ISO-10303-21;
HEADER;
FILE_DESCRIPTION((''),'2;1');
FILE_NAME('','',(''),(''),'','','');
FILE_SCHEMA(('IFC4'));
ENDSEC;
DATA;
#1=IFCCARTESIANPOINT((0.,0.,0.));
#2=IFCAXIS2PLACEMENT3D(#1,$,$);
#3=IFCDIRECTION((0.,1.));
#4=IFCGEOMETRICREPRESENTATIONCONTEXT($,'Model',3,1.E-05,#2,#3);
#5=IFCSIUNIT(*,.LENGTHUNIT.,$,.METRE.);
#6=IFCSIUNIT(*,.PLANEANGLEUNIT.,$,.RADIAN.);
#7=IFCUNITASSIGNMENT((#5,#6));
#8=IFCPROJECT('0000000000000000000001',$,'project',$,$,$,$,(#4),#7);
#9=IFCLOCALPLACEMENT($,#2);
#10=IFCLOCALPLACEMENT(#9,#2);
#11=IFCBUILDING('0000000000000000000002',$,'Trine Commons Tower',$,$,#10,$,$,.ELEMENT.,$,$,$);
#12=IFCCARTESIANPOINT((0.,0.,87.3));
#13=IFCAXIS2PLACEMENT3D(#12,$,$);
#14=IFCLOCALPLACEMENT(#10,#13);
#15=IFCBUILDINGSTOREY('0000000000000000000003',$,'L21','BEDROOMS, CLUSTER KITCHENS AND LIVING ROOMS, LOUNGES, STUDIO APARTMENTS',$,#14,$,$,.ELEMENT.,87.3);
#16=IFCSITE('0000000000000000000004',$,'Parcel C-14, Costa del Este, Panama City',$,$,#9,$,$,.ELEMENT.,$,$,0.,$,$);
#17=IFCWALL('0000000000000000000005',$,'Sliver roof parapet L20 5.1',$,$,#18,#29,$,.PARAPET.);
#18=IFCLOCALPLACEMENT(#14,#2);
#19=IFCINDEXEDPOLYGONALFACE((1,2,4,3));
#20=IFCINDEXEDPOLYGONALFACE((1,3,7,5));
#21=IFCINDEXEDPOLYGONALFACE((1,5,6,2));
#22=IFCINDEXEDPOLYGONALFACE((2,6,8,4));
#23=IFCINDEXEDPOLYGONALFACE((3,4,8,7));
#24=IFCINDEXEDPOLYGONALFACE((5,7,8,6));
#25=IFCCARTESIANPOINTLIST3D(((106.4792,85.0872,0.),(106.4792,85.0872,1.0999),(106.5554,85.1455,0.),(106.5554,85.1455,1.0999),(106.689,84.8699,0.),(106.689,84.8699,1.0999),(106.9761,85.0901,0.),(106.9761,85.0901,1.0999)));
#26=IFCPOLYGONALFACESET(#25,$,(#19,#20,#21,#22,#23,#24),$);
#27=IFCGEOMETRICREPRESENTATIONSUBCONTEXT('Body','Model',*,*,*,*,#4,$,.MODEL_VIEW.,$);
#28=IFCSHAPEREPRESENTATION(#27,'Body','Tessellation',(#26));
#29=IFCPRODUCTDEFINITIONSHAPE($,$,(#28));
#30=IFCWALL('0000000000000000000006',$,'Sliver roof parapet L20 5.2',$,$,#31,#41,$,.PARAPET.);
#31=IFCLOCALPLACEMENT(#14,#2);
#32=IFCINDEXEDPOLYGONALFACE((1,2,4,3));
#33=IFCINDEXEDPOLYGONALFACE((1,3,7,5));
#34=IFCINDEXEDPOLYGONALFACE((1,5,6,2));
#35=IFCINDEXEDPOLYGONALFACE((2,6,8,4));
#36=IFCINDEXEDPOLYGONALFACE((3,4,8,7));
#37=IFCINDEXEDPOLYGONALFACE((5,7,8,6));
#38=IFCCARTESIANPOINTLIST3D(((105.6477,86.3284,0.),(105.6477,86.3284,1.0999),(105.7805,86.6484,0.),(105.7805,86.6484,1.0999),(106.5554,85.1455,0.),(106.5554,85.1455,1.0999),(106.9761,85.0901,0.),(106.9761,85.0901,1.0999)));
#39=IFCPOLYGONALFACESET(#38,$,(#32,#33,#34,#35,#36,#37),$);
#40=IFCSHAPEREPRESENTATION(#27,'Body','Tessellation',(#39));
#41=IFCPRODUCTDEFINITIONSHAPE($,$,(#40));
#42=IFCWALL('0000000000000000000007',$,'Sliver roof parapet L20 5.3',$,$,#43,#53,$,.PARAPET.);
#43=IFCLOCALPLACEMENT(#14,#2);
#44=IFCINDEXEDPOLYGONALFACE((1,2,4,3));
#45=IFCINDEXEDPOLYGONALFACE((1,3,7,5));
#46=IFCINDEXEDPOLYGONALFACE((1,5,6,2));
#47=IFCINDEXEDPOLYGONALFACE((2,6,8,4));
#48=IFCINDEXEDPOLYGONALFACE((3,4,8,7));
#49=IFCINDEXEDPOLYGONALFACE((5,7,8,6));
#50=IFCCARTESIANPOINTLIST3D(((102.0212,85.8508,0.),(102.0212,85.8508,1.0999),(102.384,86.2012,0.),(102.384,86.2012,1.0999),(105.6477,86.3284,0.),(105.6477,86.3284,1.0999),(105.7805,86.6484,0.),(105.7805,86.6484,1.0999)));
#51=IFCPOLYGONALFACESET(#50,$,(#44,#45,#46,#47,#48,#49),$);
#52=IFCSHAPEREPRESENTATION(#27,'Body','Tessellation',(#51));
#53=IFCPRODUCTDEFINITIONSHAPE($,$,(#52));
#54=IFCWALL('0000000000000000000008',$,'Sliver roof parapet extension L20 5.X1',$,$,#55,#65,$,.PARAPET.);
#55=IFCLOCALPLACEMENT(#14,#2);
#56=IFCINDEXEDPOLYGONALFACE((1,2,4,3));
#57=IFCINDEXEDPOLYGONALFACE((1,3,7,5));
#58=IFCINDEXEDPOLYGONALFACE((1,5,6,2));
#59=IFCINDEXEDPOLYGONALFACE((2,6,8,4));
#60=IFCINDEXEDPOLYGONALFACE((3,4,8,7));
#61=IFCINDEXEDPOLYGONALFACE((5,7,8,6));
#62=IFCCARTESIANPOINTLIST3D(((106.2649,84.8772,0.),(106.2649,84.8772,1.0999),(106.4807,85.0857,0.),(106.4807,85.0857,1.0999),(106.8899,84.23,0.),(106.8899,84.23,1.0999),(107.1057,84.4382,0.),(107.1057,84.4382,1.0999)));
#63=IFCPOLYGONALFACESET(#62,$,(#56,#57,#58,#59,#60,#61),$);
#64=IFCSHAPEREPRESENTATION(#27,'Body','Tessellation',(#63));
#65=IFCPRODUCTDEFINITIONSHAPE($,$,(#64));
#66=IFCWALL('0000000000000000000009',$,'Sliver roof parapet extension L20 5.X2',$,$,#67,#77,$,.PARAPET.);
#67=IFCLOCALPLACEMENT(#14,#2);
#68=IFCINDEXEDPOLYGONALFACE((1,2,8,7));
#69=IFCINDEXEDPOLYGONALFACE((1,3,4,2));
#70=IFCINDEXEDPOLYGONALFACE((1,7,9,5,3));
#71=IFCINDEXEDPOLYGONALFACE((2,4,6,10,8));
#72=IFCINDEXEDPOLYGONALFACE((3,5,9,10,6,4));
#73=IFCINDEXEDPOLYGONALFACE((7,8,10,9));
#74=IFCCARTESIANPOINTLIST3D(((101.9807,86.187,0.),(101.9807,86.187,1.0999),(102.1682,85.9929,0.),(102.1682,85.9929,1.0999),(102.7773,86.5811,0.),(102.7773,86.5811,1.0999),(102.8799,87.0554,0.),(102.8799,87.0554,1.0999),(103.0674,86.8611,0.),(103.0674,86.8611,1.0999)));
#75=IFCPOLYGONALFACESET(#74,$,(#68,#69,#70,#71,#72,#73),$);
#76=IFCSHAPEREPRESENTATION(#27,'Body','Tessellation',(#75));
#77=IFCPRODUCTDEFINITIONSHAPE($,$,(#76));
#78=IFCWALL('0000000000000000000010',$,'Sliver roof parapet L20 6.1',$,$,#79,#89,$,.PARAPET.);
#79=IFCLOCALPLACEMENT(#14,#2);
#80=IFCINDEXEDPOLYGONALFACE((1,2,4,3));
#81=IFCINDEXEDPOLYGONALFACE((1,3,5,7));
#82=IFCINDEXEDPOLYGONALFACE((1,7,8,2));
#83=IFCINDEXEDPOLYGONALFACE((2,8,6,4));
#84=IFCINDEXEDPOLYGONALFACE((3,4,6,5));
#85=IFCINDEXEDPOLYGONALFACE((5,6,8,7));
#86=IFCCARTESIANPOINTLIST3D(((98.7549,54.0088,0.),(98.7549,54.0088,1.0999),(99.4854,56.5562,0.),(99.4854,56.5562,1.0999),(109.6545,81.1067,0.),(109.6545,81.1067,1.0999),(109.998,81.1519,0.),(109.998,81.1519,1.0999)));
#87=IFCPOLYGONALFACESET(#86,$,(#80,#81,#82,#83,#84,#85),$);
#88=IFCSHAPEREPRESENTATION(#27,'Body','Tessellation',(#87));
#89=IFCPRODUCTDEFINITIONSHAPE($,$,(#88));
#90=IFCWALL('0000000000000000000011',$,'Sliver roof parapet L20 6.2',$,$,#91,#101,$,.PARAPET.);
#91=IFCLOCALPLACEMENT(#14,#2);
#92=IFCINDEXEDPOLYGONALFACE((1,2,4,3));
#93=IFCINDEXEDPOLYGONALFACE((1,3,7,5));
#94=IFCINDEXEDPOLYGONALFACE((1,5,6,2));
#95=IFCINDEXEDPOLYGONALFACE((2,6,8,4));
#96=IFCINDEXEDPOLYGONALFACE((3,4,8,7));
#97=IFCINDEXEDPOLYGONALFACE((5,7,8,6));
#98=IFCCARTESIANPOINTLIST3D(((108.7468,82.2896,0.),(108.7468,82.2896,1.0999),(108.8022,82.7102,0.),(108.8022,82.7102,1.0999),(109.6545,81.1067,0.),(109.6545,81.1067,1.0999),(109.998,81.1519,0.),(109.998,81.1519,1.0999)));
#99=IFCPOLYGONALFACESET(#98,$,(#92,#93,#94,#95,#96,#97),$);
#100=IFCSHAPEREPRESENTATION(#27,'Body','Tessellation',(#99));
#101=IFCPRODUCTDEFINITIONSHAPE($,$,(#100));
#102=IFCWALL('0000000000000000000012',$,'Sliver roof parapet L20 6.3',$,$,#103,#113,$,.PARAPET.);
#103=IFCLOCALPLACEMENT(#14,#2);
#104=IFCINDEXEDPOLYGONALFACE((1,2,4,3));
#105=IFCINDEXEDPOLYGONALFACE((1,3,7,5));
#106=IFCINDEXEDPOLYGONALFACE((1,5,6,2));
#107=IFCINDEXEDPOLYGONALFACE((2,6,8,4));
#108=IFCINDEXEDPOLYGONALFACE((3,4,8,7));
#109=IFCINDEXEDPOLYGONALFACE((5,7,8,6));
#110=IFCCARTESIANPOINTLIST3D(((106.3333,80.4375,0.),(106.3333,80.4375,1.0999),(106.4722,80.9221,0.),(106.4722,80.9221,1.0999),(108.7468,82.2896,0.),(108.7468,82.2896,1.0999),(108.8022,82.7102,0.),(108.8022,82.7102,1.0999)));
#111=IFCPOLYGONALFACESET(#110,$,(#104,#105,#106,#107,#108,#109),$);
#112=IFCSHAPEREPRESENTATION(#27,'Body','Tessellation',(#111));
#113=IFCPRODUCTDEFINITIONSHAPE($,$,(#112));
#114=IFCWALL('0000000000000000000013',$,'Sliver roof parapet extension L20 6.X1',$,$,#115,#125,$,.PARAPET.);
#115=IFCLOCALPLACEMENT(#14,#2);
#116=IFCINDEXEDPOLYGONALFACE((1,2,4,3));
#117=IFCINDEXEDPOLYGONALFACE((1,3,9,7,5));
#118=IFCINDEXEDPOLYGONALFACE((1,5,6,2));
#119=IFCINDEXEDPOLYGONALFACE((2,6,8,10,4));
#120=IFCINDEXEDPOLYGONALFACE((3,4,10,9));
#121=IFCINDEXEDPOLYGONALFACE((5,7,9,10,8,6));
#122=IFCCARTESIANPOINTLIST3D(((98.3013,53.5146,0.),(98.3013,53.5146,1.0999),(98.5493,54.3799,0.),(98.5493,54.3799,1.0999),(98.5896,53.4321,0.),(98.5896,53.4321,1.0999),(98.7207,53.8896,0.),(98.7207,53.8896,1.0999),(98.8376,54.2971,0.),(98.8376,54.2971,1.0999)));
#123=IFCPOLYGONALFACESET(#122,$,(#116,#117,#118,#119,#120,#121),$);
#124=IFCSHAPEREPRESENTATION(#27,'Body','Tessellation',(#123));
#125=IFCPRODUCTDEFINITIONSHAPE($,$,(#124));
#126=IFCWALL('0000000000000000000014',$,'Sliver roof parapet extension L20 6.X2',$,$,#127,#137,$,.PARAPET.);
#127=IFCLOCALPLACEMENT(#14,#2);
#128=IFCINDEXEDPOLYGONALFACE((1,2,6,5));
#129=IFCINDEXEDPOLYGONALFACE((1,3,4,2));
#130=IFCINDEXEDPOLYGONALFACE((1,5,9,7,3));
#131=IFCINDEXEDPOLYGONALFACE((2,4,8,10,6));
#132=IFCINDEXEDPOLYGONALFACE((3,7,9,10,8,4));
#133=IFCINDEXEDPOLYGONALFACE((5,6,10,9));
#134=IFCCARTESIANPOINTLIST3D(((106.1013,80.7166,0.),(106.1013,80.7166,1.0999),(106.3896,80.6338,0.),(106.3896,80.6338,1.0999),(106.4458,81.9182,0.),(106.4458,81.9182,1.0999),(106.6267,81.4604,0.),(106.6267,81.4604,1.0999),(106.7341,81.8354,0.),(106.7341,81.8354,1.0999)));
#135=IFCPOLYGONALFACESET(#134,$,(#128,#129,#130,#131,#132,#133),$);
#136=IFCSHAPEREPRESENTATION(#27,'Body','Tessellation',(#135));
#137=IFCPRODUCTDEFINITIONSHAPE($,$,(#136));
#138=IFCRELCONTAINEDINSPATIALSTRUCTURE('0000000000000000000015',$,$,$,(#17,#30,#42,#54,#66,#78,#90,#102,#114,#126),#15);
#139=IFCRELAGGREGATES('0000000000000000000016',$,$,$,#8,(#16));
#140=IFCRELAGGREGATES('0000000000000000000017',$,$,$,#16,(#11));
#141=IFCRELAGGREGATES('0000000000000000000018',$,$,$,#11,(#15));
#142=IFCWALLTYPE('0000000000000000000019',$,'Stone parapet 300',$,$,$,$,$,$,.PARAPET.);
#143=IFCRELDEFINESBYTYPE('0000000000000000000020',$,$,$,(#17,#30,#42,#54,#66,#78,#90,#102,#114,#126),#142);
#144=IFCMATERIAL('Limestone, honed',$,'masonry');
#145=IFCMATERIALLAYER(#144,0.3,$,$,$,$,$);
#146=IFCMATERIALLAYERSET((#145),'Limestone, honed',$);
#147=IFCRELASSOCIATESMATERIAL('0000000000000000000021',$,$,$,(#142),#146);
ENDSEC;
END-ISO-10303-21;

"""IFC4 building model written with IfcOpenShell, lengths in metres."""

from ifc_helpers import new_model, si_unit, direction, frame, origin, place, context, subcontext, project, spatial, polyline, outline, extrude, material, layer, layer_set, type_object, element, save


model = new_model("IFC4")

# Units and contexts
model_context = context("Model", 3, precision=1e-05, world=origin(), true_north=direction((0.0, 1.0)))
body_context = subcontext(model_context, "Body", "Model", "MODEL_VIEW")
ifc_project = project(units=[si_unit("LENGTHUNIT", "METRE"), si_unit("PLANEANGLEUNIT", "RADIAN")], contexts=[model_context])

# Site, building, storey
site_placement = place(None, origin())
site = spatial("IfcSite", under=ifc_project, at=site_placement, Name="Parcel C-14, Costa del Este, Panama City", CompositionType="ELEMENT", RefElevation=0.0)
building_placement = place(site_placement, origin())
building = spatial("IfcBuilding", under=site, at=building_placement, Name="Trine Commons Tower", CompositionType="ELEMENT")
storey_placement = place(building_placement, frame((0.0, 0.0, 87.3)))
storey = spatial("IfcBuildingStorey", under=building, at=storey_placement, Name="L21", Description="BEDROOMS, CLUSTER KITCHENS AND LIVING ROOMS, LOUNGES, STUDIO APARTMENTS", CompositionType="ELEMENT", Elevation=87.3)

# Walls
ifc_material_1 = material(Name="Limestone, honed", Category="masonry")
ifc_layer_1 = layer(ifc_material_1, 0.3)
ifc_layer_set_1 = layer_set([ifc_layer_1], Name="Limestone, honed")
wall_type = type_object("IfcWallType", Name="Stone parapet 300", PredefinedType="PARAPET", material=ifc_layer_set_1)
wall_1_placement = place(storey_placement, origin())
element("IfcWall", 1, at=wall_1_placement, inside=storey, type_object=wall_type, Name="Sliver roof parapet L20 5.1", PredefinedType="PARAPET", context=body_context, shape_type="SweptSolid", body=[
    extrude(outline(polyline([(106.689, 84.8699), (106.9761, 85.0901), (106.5554, 85.1455), (106.4792, 85.0872), (106.689, 84.8699)])), origin(), (0.0, 0.0, 1.0), 1.0999),
])
wall_2_placement = place(storey_placement, origin())
element("IfcWall", 2, at=wall_2_placement, inside=storey, type_object=wall_type, Name="Sliver roof parapet L20 5.2", PredefinedType="PARAPET", context=body_context, shape_type="SweptSolid", body=[
    extrude(outline(polyline([(106.9761, 85.0901), (105.7805, 86.6484), (105.6477, 86.3284), (106.5554, 85.1455), (106.9761, 85.0901)])), origin(), (0.0, 0.0, 1.0), 1.0999),
])
wall_3_placement = place(storey_placement, origin())
element("IfcWall", 3, at=wall_3_placement, inside=storey, type_object=wall_type, Name="Sliver roof parapet L20 5.3", PredefinedType="PARAPET", context=body_context, shape_type="SweptSolid", body=[
    extrude(outline(polyline([(105.7805, 86.6484), (102.384, 86.2012), (102.0212, 85.8508), (105.6477, 86.3284), (105.7805, 86.6484)])), origin(), (0.0, 0.0, 1.0), 1.0999),
])
wall_4_placement = place(storey_placement, origin())
element("IfcWall", 4, at=wall_4_placement, inside=storey, type_object=wall_type, Name="Sliver roof parapet extension L20 5.X1", PredefinedType="PARAPET", context=body_context, shape_type="SweptSolid", body=[
    extrude(outline(polyline([(106.8899, 84.23), (107.1057, 84.4382), (106.4807, 85.0857), (106.2649, 84.8772), (106.8899, 84.23)])), origin(), (0.0, 0.0, 1.0), 1.0999),
])
wall_5_placement = place(storey_placement, origin())
element("IfcWall", 5, at=wall_5_placement, inside=storey, type_object=wall_type, Name="Sliver roof parapet extension L20 5.X2", PredefinedType="PARAPET", context=body_context, shape_type="SweptSolid", body=[
    extrude(outline(polyline([(103.0674, 86.8611), (102.8799, 87.0554), (101.9807, 86.187), (102.1682, 85.9929), (102.7773, 86.5811), (103.0674, 86.8611)])), origin(), (0.0, 0.0, 1.0), 1.0999),
])
wall_6_placement = place(storey_placement, origin())
element("IfcWall", 6, at=wall_6_placement, inside=storey, type_object=wall_type, Name="Sliver roof parapet L20 6.1", PredefinedType="PARAPET", context=body_context, shape_type="SweptSolid", body=[
    extrude(outline(polyline([(98.7549, 54.0088), (109.998, 81.1519), (109.6545, 81.1067), (99.4854, 56.5562), (98.7549, 54.0088)])), origin(), (0.0, 0.0, 1.0), 1.0999),
])
wall_7_placement = place(storey_placement, origin())
element("IfcWall", 7, at=wall_7_placement, inside=storey, type_object=wall_type, Name="Sliver roof parapet L20 6.2", PredefinedType="PARAPET", context=body_context, shape_type="SweptSolid", body=[
    extrude(outline(polyline([(109.998, 81.1519), (108.8022, 82.7102), (108.7468, 82.2896), (109.6545, 81.1067), (109.998, 81.1519)])), origin(), (0.0, 0.0, 1.0), 1.0999),
])
wall_8_placement = place(storey_placement, origin())
element("IfcWall", 8, at=wall_8_placement, inside=storey, type_object=wall_type, Name="Sliver roof parapet L20 6.3", PredefinedType="PARAPET", context=body_context, shape_type="SweptSolid", body=[
    extrude(outline(polyline([(108.8022, 82.7102), (106.4722, 80.9221), (106.3333, 80.4375), (108.7468, 82.2896), (108.8022, 82.7102)])), origin(), (0.0, 0.0, 1.0), 1.0999),
])
wall_9_placement = place(storey_placement, origin())
element("IfcWall", 9, at=wall_9_placement, inside=storey, type_object=wall_type, Name="Sliver roof parapet extension L20 6.X1", PredefinedType="PARAPET", context=body_context, shape_type="SweptSolid", body=[
    extrude(outline(polyline([(98.8376, 54.2971), (98.5493, 54.3799), (98.3013, 53.5146), (98.5896, 53.4321), (98.7207, 53.8896), (98.8376, 54.2971)])), origin(), (0.0, 0.0, 1.0), 1.0999),
])
wall_10_placement = place(storey_placement, origin())
element("IfcWall", 10, at=wall_10_placement, inside=storey, type_object=wall_type, Name="Sliver roof parapet extension L20 6.X2", PredefinedType="PARAPET", context=body_context, shape_type="SweptSolid", body=[
    extrude(outline(polyline([(106.7341, 81.8354), (106.4458, 81.9182), (106.1013, 80.7166), (106.3896, 80.6338), (106.6267, 81.4604), (106.7341, 81.8354)])), origin(), (0.0, 0.0, 1.0), 1.0999),
])

save(model, "model.ifc")
